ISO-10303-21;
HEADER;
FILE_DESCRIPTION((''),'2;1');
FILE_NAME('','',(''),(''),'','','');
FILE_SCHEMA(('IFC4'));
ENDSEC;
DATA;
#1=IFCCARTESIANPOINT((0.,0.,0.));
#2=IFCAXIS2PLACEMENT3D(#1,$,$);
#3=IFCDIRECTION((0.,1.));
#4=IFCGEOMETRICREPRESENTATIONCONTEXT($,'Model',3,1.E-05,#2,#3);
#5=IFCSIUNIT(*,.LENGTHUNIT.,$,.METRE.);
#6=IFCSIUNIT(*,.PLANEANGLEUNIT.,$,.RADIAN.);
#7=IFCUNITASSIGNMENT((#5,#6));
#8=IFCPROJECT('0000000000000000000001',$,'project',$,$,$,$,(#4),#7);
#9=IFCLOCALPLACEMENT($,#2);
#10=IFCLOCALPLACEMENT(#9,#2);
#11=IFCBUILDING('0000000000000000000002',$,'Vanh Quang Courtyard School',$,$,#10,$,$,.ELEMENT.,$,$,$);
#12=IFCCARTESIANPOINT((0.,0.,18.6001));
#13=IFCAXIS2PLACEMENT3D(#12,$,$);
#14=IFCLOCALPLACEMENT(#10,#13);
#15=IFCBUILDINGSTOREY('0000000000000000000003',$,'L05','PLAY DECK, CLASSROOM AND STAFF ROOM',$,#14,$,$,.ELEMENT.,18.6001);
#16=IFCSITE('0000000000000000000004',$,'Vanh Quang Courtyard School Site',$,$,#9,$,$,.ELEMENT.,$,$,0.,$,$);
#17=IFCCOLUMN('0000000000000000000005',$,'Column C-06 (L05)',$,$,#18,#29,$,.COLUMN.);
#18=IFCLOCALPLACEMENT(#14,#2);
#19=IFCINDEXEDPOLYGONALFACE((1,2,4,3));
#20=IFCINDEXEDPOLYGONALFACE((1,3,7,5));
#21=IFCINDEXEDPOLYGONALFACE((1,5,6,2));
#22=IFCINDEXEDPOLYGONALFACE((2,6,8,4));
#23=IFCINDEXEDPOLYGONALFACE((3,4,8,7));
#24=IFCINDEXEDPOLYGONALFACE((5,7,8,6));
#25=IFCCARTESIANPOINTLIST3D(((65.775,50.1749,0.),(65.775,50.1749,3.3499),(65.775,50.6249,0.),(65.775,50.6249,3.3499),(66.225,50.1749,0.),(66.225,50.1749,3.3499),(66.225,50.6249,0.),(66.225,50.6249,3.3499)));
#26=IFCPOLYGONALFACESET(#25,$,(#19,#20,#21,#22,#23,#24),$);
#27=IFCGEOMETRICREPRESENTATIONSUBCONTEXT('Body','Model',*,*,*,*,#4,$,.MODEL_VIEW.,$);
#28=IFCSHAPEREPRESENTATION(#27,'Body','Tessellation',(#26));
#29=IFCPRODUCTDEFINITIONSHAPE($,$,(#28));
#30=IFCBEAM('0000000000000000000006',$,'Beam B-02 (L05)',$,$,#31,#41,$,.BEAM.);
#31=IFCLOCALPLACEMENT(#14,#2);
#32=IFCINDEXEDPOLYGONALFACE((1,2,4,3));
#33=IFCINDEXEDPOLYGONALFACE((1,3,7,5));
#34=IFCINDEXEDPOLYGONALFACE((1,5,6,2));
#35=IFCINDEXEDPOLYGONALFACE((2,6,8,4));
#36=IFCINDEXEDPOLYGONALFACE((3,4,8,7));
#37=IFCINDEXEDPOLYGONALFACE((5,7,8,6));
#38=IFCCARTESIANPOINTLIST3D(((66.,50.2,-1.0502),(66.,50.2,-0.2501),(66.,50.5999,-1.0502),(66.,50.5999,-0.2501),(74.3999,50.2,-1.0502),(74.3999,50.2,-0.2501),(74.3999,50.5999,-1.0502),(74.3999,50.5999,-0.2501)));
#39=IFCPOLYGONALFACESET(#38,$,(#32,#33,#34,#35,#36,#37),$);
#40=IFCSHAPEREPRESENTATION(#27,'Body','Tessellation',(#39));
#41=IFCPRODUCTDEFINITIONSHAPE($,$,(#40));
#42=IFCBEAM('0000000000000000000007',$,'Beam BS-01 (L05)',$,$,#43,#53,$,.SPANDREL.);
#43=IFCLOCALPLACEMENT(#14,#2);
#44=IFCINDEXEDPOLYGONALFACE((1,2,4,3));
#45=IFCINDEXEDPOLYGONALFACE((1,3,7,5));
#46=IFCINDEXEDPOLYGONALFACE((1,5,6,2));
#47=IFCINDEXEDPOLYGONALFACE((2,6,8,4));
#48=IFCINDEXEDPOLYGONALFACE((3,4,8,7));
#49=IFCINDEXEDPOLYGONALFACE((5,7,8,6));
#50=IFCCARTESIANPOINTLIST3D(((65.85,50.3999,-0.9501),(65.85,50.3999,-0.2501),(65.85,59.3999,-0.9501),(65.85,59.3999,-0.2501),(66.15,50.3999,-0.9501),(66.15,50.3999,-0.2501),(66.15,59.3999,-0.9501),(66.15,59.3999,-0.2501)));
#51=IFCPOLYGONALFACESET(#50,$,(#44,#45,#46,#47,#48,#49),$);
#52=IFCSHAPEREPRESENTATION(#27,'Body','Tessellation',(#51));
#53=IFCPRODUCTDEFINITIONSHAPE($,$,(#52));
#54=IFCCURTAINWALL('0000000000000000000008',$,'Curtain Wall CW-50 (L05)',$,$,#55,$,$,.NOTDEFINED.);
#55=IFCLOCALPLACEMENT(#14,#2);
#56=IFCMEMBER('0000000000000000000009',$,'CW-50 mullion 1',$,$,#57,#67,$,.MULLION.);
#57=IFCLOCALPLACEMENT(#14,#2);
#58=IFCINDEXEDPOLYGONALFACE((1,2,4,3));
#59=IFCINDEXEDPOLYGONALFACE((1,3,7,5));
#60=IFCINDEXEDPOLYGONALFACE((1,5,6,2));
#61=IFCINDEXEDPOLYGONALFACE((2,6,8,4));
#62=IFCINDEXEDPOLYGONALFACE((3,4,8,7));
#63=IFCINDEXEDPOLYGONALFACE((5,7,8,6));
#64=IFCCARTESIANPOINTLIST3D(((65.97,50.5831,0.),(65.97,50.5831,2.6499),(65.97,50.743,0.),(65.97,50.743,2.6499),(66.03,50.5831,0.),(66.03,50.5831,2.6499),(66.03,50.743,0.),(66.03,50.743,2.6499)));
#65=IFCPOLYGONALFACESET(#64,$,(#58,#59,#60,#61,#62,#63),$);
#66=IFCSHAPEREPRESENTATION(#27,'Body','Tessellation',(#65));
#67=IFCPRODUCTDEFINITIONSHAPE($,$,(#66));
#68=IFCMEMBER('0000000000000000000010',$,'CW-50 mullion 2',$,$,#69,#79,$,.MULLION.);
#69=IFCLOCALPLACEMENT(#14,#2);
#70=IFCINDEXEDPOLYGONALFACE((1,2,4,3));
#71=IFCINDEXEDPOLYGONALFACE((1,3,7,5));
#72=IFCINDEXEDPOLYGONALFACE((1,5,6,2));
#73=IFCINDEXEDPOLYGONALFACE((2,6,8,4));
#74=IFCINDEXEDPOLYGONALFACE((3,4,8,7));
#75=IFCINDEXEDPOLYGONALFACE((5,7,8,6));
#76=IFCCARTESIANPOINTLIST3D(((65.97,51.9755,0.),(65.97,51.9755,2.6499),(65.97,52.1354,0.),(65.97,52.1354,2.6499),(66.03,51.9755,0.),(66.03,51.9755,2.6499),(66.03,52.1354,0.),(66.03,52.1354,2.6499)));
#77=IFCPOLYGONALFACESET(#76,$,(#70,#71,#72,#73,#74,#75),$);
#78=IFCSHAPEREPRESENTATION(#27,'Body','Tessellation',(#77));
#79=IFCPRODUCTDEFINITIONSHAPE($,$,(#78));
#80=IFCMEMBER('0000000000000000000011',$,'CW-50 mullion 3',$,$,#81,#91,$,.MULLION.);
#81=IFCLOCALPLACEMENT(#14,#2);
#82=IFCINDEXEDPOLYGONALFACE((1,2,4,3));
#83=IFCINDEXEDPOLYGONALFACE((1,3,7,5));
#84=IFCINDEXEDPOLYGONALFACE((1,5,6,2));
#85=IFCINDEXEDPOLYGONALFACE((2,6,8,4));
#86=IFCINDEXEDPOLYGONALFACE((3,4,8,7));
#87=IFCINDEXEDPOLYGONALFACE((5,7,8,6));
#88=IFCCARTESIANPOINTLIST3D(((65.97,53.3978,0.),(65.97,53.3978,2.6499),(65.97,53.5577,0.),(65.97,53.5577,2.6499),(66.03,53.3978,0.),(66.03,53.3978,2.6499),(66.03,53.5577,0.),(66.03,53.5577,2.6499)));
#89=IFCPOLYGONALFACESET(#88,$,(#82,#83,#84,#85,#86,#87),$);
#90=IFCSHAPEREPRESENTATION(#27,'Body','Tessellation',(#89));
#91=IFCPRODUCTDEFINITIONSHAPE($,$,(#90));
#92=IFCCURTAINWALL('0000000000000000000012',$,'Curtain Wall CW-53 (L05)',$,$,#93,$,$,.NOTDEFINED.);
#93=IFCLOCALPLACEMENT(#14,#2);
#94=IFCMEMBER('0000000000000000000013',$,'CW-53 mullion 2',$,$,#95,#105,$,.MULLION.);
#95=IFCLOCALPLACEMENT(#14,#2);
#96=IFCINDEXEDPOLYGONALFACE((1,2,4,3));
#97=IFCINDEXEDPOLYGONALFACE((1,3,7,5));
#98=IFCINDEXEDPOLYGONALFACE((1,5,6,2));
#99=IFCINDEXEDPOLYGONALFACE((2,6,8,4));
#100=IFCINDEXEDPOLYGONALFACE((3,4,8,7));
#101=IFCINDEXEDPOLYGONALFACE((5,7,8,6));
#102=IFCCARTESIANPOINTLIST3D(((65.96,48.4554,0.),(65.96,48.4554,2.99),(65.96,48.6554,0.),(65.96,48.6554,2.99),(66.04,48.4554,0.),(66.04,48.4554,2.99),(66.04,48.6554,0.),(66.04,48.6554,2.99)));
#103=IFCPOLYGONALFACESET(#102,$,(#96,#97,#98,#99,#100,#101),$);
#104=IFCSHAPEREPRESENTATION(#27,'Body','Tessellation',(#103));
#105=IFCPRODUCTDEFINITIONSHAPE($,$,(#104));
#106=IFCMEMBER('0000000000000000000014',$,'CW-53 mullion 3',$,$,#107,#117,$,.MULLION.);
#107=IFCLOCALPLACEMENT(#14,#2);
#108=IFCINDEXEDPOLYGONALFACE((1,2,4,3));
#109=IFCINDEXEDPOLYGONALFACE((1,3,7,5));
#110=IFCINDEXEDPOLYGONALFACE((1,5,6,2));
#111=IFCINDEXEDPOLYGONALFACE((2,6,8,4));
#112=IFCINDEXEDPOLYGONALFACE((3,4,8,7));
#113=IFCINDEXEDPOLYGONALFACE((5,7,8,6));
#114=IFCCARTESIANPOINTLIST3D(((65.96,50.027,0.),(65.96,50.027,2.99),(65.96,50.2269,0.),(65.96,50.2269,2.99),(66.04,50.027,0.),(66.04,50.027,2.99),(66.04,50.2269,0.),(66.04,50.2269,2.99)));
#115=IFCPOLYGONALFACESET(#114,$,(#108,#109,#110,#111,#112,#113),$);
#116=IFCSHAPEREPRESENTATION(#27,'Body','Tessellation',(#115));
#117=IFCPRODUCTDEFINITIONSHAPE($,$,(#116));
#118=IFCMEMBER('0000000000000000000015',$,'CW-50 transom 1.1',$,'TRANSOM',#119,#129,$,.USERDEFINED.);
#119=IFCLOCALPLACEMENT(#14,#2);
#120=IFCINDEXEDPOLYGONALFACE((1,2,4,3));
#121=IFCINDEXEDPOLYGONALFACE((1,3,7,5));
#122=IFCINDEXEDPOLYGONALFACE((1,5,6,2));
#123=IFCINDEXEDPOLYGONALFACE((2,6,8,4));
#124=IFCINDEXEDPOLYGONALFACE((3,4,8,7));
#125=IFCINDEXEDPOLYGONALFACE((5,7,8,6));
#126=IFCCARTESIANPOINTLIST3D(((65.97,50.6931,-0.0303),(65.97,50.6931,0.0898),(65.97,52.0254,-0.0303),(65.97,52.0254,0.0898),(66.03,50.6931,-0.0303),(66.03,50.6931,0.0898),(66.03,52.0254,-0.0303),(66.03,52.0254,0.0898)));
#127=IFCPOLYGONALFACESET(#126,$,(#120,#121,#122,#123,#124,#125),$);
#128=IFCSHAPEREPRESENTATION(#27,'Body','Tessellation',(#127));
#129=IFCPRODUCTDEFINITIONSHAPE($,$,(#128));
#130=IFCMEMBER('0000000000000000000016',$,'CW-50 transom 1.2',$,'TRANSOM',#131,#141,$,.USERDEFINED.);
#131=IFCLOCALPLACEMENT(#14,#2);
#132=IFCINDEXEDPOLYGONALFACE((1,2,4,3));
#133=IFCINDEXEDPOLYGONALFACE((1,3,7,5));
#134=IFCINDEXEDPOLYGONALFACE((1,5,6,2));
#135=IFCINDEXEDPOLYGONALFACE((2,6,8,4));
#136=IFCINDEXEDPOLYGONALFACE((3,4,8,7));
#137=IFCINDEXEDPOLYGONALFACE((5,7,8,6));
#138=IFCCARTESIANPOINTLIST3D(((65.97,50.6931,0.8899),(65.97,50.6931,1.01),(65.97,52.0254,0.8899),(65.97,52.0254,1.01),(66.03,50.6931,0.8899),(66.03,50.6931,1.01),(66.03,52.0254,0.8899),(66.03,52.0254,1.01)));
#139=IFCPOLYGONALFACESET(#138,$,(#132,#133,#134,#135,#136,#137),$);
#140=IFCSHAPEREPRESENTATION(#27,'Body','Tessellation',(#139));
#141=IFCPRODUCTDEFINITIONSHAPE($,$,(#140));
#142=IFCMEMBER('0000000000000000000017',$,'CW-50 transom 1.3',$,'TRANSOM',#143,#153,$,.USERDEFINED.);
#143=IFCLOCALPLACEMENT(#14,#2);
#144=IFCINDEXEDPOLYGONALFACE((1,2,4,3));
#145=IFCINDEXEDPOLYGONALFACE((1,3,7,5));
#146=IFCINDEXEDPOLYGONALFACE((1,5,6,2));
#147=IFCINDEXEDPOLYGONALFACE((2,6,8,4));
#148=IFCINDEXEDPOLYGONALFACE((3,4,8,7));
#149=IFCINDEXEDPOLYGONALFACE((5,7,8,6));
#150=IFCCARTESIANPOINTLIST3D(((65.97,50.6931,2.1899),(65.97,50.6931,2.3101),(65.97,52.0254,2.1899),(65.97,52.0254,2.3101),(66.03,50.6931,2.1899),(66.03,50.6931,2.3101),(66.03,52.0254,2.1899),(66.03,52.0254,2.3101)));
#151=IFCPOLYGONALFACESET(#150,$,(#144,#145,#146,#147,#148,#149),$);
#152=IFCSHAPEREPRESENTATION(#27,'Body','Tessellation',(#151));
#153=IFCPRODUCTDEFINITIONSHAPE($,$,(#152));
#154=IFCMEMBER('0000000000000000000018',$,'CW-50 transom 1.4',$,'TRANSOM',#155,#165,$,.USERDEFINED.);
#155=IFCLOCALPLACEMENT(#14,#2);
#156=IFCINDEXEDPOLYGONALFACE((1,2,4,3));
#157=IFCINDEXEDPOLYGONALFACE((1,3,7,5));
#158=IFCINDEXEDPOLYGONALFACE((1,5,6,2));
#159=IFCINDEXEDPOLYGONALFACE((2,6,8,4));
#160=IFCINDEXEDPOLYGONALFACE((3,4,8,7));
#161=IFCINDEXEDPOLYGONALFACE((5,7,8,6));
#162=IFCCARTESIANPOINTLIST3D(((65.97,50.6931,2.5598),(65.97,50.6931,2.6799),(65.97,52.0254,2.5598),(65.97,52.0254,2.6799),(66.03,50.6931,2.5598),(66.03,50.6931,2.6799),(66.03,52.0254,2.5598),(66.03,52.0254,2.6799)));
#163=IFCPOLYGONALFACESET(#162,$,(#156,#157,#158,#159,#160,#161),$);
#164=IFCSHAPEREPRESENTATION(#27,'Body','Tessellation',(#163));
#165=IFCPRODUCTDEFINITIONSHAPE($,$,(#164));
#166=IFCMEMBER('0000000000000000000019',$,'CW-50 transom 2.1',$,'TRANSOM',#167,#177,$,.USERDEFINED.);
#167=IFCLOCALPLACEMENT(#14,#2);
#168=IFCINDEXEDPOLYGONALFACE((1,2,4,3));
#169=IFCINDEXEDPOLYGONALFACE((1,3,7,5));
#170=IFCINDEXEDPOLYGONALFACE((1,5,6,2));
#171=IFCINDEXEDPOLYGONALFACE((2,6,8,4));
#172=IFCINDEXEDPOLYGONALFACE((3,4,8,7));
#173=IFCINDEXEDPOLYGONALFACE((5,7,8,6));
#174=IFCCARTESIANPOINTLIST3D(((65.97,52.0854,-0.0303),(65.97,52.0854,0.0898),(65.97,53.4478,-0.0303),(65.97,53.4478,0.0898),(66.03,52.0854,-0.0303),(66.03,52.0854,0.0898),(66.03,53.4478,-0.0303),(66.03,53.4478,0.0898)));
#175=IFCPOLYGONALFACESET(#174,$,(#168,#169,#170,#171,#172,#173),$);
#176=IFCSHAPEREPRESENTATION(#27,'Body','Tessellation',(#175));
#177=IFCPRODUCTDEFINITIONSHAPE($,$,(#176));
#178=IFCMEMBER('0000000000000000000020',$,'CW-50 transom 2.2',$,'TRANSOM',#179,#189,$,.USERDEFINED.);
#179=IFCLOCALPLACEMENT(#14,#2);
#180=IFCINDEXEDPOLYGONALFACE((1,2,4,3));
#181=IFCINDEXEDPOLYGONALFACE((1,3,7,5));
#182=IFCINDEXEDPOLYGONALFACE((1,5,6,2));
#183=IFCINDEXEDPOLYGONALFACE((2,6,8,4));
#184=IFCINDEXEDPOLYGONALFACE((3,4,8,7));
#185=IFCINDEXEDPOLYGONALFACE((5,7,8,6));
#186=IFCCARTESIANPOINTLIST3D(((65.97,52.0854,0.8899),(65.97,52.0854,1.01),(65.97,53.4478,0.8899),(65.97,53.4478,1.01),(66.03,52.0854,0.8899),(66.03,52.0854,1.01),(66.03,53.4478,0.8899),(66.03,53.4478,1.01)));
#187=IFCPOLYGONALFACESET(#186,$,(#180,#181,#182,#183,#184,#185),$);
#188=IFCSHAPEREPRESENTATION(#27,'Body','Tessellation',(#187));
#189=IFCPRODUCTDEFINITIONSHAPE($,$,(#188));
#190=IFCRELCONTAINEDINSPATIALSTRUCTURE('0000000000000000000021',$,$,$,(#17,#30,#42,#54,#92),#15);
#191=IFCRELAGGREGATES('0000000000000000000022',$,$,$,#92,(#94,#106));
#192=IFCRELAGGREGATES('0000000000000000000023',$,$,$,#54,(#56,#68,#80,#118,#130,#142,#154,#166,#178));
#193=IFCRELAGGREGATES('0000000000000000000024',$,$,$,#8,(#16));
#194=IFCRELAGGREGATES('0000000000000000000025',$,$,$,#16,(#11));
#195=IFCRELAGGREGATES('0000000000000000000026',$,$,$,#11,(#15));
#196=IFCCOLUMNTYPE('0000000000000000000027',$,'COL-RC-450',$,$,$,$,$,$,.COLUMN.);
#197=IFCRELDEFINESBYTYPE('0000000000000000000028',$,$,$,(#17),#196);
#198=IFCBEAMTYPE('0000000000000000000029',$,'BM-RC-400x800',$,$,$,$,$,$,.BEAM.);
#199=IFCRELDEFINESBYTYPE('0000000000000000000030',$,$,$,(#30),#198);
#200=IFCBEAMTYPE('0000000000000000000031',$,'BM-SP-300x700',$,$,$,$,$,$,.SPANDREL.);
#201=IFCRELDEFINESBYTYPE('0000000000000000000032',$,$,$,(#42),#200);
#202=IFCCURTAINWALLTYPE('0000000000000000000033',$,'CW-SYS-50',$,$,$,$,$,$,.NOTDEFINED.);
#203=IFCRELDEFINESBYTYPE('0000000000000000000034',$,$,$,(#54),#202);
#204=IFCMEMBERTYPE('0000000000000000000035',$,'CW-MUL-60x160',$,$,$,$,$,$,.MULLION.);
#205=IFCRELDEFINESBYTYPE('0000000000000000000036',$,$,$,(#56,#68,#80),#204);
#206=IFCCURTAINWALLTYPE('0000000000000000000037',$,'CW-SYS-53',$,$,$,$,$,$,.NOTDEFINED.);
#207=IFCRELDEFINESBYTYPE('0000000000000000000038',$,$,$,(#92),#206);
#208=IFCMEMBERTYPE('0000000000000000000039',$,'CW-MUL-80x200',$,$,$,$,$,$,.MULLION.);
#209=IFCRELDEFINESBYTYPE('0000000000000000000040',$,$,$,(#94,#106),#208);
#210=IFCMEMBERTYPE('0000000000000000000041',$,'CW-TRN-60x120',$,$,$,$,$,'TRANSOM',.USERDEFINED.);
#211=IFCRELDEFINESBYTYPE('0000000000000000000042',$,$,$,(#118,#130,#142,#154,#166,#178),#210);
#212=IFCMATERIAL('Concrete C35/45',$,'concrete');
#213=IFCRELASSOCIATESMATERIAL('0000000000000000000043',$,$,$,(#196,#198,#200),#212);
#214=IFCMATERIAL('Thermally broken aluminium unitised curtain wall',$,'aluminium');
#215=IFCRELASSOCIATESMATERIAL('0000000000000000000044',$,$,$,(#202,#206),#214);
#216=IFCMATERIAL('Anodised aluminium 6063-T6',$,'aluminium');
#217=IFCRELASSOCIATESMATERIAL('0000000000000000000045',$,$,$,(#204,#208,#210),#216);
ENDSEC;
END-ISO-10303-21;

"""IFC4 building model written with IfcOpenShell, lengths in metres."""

from ifc_helpers import new_model, si_unit, direction, frame, origin, origin_2d, place, context, subcontext, project, spatial, rectangle, extrude, material, material_profile, profile_set, type_object, element, aggregate, save


model = new_model("IFC4")

# Units and contexts
model_context = context("Model", 3, precision=1e-05, world=origin(), true_north=direction((0.0, 1.0)))
body_context = subcontext(model_context, "Body", "Model", "MODEL_VIEW")
ifc_project = project(units=[si_unit("LENGTHUNIT", "METRE"), si_unit("PLANEANGLEUNIT", "RADIAN")], contexts=[model_context])

# Site, building, storey
site_placement = place(None, origin())
site = spatial("IfcSite", under=ifc_project, at=site_placement, Name="Vanh Quang Courtyard School Site", CompositionType="ELEMENT", RefElevation=0.0)
building_placement = place(site_placement, origin())
building = spatial("IfcBuilding", under=site, at=building_placement, Name="Vanh Quang Courtyard School", CompositionType="ELEMENT")
storey_placement = place(building_placement, frame((0.0, 0.0, 18.6001)))
storey = spatial("IfcBuildingStorey", under=building, at=storey_placement, Name="L05", Description="PLAY DECK, CLASSROOM AND STAFF ROOM", CompositionType="ELEMENT", Elevation=18.6001)

# Column
ifc_material_1 = material(Name="Concrete C35/45", Category="concrete")
ifc_material_profile_1 = material_profile(ifc_material_1, rectangle(XDim=0.45, YDim=0.45, at=origin_2d()), Name="RC-COL 450x450")
ifc_profile_set_1 = profile_set([ifc_material_profile_1], Name="Concrete C35/45")
column_type = type_object("IfcColumnType", Name="COL-RC-450", PredefinedType="COLUMN", material=ifc_profile_set_1)
column_placement = place(storey_placement, frame((66.0, 50.3999, 0.0), z_axis=(0.0, 0.0, 1.0), x_axis=(1.0, 0.0, 0.0)))
element("IfcColumn", 1, at=column_placement, inside=storey, type_object=column_type, Name="Column C-06 (L05)", PredefinedType="COLUMN", context=body_context, shape_type="SweptSolid", body=[
    extrude(rectangle(XDim=0.45, YDim=0.45, at=origin_2d()), origin(), (0.0, 0.0, 1.0), 3.3499),
])

# Beams
ifc_material_profile_2 = material_profile(ifc_material_1, rectangle(XDim=0.3999, YDim=0.8, at=origin_2d()), Name="RC-BM 400x800")
ifc_profile_set_2 = profile_set([ifc_material_profile_2], Name="Concrete C35/45")
beam_type_1 = type_object("IfcBeamType", Name="BM-RC-400x800", PredefinedType="BEAM", material=ifc_profile_set_2)
beam_1_placement = place(storey_placement, frame((66.0, 50.3999, -0.6501), z_axis=(1.0, 0.0, 0.0), x_axis=(0.0, 1.0, 0.0)))
element("IfcBeam", 2, at=beam_1_placement, inside=storey, type_object=beam_type_1, Name="Beam B-02 (L05)", PredefinedType="BEAM", context=body_context, shape_type="SweptSolid", body=[
    extrude(rectangle(XDim=0.3999, YDim=0.8, at=origin_2d()), origin(), (0.0, 0.0, 1.0), 8.3999),
])
ifc_material_profile_3 = material_profile(ifc_material_1, rectangle(XDim=0.3, YDim=0.7, at=origin_2d()), Name="RC-SP 300x700")
ifc_profile_set_3 = profile_set([ifc_material_profile_3], Name="Concrete C35/45")
beam_type_2 = type_object("IfcBeamType", Name="BM-SP-300x700", PredefinedType="SPANDREL", material=ifc_profile_set_3)
beam_2_placement = place(storey_placement, frame((66.0, 50.3999, -0.6001), z_axis=(0.0, 1.0, 0.0), x_axis=(-1.0, 0.0, 0.0)))
element("IfcBeam", 3, at=beam_2_placement, inside=storey, type_object=beam_type_2, Name="Beam BS-01 (L05)", PredefinedType="SPANDREL", context=body_context, shape_type="SweptSolid", body=[
    extrude(rectangle(XDim=0.3, YDim=0.7, at=origin_2d()), origin(), (0.0, 0.0, 1.0), 9.0),
])

# Curtain walls, members
ifc_material_2 = material(Name="Thermally broken aluminium unitised curtain wall", Category="aluminium")
curtain_wall_type_1 = type_object("IfcCurtainWallType", Name="CW-SYS-50", PredefinedType="NOTDEFINED", material=ifc_material_2)
curtain_wall_1_placement = place(storey_placement, origin())
curtain_wall_1 = element("IfcCurtainWall", 4, at=curtain_wall_1_placement, inside=storey, type_object=curtain_wall_type_1, Name="Curtain Wall CW-50 (L05)", PredefinedType="NOTDEFINED")
ifc_material_3 = material(Name="Anodised aluminium 6063-T6", Category="aluminium")
ifc_material_profile_4 = material_profile(ifc_material_3, rectangle(XDim=0.0601, YDim=0.1599, at=origin_2d()), Name="ALU-MUL 60x160")
ifc_profile_set_4 = profile_set([ifc_material_profile_4], Name="Anodised aluminium 6063-T6")
member_type_1 = type_object("IfcMemberType", Name="CW-MUL-60x160", PredefinedType="MULLION", material=ifc_profile_set_4)
member_1_placement = place(storey_placement, frame((66.0, 50.6631, 0.0), z_axis=(0.0, 0.0, 1.0), x_axis=(-1.0, 0.0, 0.0)))
member_1 = element("IfcMember", 5, at=member_1_placement, type_object=member_type_1, Name="CW-50 mullion 1", PredefinedType="MULLION", context=body_context, shape_type="SweptSolid", body=[
    extrude(rectangle(XDim=0.0601, YDim=0.1599, at=origin_2d()), origin(), (0.0, 0.0, 1.0), 2.6499),
])
member_2_placement = place(storey_placement, frame((66.0, 52.0554, 0.0), z_axis=(0.0, 0.0, 1.0), x_axis=(-1.0, 0.0, 0.0)))
member_2 = element("IfcMember", 6, at=member_2_placement, type_object=member_type_1, Name="CW-50 mullion 2", PredefinedType="MULLION", context=body_context, shape_type="SweptSolid", body=[
    extrude(rectangle(XDim=0.0601, YDim=0.1599, at=origin_2d()), origin(), (0.0, 0.0, 1.0), 2.6499),
])
member_3_placement = place(storey_placement, frame((66.0, 53.4778, 0.0), z_axis=(0.0, 0.0, 1.0), x_axis=(-1.0, 0.0, 0.0)))
member_3 = element("IfcMember", 7, at=member_3_placement, type_object=member_type_1, Name="CW-50 mullion 3", PredefinedType="MULLION", context=body_context, shape_type="SweptSolid", body=[
    extrude(rectangle(XDim=0.0601, YDim=0.1599, at=origin_2d()), origin(), (0.0, 0.0, 1.0), 2.6499),
])
curtain_wall_type_2 = type_object("IfcCurtainWallType", Name="CW-SYS-53", PredefinedType="NOTDEFINED", material=ifc_material_2)
curtain_wall_2_placement = place(storey_placement, origin())
curtain_wall_2 = element("IfcCurtainWall", 8, at=curtain_wall_2_placement, inside=storey, type_object=curtain_wall_type_2, Name="Curtain Wall CW-53 (L05)", PredefinedType="NOTDEFINED")
ifc_material_profile_5 = material_profile(ifc_material_3, rectangle(XDim=0.0801, YDim=0.2, at=origin_2d()), Name="ALU-MUL 80x200")
ifc_profile_set_5 = profile_set([ifc_material_profile_5], Name="Anodised aluminium 6063-T6")
member_type_2 = type_object("IfcMemberType", Name="CW-MUL-80x200", PredefinedType="MULLION", material=ifc_profile_set_5)
member_4_placement = place(storey_placement, frame((66.0, 48.5554, 0.0), z_axis=(0.0, 0.0, 1.0), x_axis=(-1.0, 0.0, 0.0)))
member_4 = element("IfcMember", 9, at=member_4_placement, type_object=member_type_2, Name="CW-53 mullion 2", PredefinedType="MULLION", context=body_context, shape_type="SweptSolid", body=[
    extrude(rectangle(XDim=0.0801, YDim=0.2, at=origin_2d()), origin(), (0.0, 0.0, 1.0), 2.99),
])
member_5_placement = place(storey_placement, frame((66.0, 50.127, 0.0), z_axis=(0.0, 0.0, 1.0), x_axis=(-1.0, 0.0, 0.0)))
member_5 = element("IfcMember", 10, at=member_5_placement, type_object=member_type_2, Name="CW-53 mullion 3", PredefinedType="MULLION", context=body_context, shape_type="SweptSolid", body=[
    extrude(rectangle(XDim=0.0801, YDim=0.2, at=origin_2d()), origin(), (0.0, 0.0, 1.0), 2.99),
])

# Members
ifc_material_profile_6 = material_profile(ifc_material_3, rectangle(XDim=0.0601, YDim=0.1201, at=origin_2d()), Name="ALU-TRN 60x120")
ifc_profile_set_6 = profile_set([ifc_material_profile_6], Name="Anodised aluminium 6063-T6")
member_type_3 = type_object("IfcMemberType", Name="CW-TRN-60x120", ElementType="TRANSOM", PredefinedType="USERDEFINED", material=ifc_profile_set_6)
member_6_placement = place(storey_placement, frame((66.0, 50.6931, 0.0298), z_axis=(0.0, 1.0, 0.0), x_axis=(-1.0, 0.0, 0.0)))
member_6 = element("IfcMember", 11, at=member_6_placement, type_object=member_type_3, Name="CW-50 transom 1.1", ObjectType="TRANSOM", PredefinedType="USERDEFINED", context=body_context, shape_type="SweptSolid", body=[
    extrude(rectangle(XDim=0.0601, YDim=0.1201, at=origin_2d()), origin(), (0.0, 0.0, 1.0), 1.3323),
])
member_7_placement = place(storey_placement, frame((66.0, 50.6931, 0.95), z_axis=(0.0, 1.0, 0.0), x_axis=(-1.0, 0.0, 0.0)))
member_7 = element("IfcMember", 12, at=member_7_placement, type_object=member_type_3, Name="CW-50 transom 1.2", ObjectType="TRANSOM", PredefinedType="USERDEFINED", context=body_context, shape_type="SweptSolid", body=[
    extrude(rectangle(XDim=0.0601, YDim=0.1201, at=origin_2d()), origin(), (0.0, 0.0, 1.0), 1.3323),
])
member_8_placement = place(storey_placement, frame((66.0, 50.6931, 2.25), z_axis=(0.0, 1.0, 0.0), x_axis=(-1.0, 0.0, 0.0)))
member_8 = element("IfcMember", 13, at=member_8_placement, type_object=member_type_3, Name="CW-50 transom 1.3", ObjectType="TRANSOM", PredefinedType="USERDEFINED", context=body_context, shape_type="SweptSolid", body=[
    extrude(rectangle(XDim=0.0601, YDim=0.1201, at=origin_2d()), origin(), (0.0, 0.0, 1.0), 1.3323),
])
member_9_placement = place(storey_placement, frame((66.0, 50.6931, 2.6199), z_axis=(0.0, 1.0, 0.0), x_axis=(-1.0, 0.0, 0.0)))
member_9 = element("IfcMember", 14, at=member_9_placement, type_object=member_type_3, Name="CW-50 transom 1.4", ObjectType="TRANSOM", PredefinedType="USERDEFINED", context=body_context, shape_type="SweptSolid", body=[
    extrude(rectangle(XDim=0.0601, YDim=0.1201, at=origin_2d()), origin(), (0.0, 0.0, 1.0), 1.3323),
])
member_10_placement = place(storey_placement, frame((66.0, 52.0854, 0.0298), z_axis=(0.0, 1.0, 0.0), x_axis=(-1.0, 0.0, 0.0)))
member_10 = element("IfcMember", 15, at=member_10_placement, type_object=member_type_3, Name="CW-50 transom 2.1", ObjectType="TRANSOM", PredefinedType="USERDEFINED", context=body_context, shape_type="SweptSolid", body=[
    extrude(rectangle(XDim=0.0601, YDim=0.1201, at=origin_2d()), origin(), (0.0, 0.0, 1.0), 1.3623),
])
member_11_placement = place(storey_placement, frame((66.0, 52.0854, 0.95), z_axis=(0.0, 1.0, 0.0), x_axis=(-1.0, 0.0, 0.0)))
member_11 = element("IfcMember", 16, at=member_11_placement, type_object=member_type_3, Name="CW-50 transom 2.2", ObjectType="TRANSOM", PredefinedType="USERDEFINED", context=body_context, shape_type="SweptSolid", body=[
    extrude(rectangle(XDim=0.0601, YDim=0.1201, at=origin_2d()), origin(), (0.0, 0.0, 1.0), 1.3623),
])

aggregate(curtain_wall_2, [member_4, member_5])
aggregate(curtain_wall_1, [member_1, member_2, member_3, member_6, member_7, member_8, member_9, member_10, member_11])

save(model, "model.ifc")
